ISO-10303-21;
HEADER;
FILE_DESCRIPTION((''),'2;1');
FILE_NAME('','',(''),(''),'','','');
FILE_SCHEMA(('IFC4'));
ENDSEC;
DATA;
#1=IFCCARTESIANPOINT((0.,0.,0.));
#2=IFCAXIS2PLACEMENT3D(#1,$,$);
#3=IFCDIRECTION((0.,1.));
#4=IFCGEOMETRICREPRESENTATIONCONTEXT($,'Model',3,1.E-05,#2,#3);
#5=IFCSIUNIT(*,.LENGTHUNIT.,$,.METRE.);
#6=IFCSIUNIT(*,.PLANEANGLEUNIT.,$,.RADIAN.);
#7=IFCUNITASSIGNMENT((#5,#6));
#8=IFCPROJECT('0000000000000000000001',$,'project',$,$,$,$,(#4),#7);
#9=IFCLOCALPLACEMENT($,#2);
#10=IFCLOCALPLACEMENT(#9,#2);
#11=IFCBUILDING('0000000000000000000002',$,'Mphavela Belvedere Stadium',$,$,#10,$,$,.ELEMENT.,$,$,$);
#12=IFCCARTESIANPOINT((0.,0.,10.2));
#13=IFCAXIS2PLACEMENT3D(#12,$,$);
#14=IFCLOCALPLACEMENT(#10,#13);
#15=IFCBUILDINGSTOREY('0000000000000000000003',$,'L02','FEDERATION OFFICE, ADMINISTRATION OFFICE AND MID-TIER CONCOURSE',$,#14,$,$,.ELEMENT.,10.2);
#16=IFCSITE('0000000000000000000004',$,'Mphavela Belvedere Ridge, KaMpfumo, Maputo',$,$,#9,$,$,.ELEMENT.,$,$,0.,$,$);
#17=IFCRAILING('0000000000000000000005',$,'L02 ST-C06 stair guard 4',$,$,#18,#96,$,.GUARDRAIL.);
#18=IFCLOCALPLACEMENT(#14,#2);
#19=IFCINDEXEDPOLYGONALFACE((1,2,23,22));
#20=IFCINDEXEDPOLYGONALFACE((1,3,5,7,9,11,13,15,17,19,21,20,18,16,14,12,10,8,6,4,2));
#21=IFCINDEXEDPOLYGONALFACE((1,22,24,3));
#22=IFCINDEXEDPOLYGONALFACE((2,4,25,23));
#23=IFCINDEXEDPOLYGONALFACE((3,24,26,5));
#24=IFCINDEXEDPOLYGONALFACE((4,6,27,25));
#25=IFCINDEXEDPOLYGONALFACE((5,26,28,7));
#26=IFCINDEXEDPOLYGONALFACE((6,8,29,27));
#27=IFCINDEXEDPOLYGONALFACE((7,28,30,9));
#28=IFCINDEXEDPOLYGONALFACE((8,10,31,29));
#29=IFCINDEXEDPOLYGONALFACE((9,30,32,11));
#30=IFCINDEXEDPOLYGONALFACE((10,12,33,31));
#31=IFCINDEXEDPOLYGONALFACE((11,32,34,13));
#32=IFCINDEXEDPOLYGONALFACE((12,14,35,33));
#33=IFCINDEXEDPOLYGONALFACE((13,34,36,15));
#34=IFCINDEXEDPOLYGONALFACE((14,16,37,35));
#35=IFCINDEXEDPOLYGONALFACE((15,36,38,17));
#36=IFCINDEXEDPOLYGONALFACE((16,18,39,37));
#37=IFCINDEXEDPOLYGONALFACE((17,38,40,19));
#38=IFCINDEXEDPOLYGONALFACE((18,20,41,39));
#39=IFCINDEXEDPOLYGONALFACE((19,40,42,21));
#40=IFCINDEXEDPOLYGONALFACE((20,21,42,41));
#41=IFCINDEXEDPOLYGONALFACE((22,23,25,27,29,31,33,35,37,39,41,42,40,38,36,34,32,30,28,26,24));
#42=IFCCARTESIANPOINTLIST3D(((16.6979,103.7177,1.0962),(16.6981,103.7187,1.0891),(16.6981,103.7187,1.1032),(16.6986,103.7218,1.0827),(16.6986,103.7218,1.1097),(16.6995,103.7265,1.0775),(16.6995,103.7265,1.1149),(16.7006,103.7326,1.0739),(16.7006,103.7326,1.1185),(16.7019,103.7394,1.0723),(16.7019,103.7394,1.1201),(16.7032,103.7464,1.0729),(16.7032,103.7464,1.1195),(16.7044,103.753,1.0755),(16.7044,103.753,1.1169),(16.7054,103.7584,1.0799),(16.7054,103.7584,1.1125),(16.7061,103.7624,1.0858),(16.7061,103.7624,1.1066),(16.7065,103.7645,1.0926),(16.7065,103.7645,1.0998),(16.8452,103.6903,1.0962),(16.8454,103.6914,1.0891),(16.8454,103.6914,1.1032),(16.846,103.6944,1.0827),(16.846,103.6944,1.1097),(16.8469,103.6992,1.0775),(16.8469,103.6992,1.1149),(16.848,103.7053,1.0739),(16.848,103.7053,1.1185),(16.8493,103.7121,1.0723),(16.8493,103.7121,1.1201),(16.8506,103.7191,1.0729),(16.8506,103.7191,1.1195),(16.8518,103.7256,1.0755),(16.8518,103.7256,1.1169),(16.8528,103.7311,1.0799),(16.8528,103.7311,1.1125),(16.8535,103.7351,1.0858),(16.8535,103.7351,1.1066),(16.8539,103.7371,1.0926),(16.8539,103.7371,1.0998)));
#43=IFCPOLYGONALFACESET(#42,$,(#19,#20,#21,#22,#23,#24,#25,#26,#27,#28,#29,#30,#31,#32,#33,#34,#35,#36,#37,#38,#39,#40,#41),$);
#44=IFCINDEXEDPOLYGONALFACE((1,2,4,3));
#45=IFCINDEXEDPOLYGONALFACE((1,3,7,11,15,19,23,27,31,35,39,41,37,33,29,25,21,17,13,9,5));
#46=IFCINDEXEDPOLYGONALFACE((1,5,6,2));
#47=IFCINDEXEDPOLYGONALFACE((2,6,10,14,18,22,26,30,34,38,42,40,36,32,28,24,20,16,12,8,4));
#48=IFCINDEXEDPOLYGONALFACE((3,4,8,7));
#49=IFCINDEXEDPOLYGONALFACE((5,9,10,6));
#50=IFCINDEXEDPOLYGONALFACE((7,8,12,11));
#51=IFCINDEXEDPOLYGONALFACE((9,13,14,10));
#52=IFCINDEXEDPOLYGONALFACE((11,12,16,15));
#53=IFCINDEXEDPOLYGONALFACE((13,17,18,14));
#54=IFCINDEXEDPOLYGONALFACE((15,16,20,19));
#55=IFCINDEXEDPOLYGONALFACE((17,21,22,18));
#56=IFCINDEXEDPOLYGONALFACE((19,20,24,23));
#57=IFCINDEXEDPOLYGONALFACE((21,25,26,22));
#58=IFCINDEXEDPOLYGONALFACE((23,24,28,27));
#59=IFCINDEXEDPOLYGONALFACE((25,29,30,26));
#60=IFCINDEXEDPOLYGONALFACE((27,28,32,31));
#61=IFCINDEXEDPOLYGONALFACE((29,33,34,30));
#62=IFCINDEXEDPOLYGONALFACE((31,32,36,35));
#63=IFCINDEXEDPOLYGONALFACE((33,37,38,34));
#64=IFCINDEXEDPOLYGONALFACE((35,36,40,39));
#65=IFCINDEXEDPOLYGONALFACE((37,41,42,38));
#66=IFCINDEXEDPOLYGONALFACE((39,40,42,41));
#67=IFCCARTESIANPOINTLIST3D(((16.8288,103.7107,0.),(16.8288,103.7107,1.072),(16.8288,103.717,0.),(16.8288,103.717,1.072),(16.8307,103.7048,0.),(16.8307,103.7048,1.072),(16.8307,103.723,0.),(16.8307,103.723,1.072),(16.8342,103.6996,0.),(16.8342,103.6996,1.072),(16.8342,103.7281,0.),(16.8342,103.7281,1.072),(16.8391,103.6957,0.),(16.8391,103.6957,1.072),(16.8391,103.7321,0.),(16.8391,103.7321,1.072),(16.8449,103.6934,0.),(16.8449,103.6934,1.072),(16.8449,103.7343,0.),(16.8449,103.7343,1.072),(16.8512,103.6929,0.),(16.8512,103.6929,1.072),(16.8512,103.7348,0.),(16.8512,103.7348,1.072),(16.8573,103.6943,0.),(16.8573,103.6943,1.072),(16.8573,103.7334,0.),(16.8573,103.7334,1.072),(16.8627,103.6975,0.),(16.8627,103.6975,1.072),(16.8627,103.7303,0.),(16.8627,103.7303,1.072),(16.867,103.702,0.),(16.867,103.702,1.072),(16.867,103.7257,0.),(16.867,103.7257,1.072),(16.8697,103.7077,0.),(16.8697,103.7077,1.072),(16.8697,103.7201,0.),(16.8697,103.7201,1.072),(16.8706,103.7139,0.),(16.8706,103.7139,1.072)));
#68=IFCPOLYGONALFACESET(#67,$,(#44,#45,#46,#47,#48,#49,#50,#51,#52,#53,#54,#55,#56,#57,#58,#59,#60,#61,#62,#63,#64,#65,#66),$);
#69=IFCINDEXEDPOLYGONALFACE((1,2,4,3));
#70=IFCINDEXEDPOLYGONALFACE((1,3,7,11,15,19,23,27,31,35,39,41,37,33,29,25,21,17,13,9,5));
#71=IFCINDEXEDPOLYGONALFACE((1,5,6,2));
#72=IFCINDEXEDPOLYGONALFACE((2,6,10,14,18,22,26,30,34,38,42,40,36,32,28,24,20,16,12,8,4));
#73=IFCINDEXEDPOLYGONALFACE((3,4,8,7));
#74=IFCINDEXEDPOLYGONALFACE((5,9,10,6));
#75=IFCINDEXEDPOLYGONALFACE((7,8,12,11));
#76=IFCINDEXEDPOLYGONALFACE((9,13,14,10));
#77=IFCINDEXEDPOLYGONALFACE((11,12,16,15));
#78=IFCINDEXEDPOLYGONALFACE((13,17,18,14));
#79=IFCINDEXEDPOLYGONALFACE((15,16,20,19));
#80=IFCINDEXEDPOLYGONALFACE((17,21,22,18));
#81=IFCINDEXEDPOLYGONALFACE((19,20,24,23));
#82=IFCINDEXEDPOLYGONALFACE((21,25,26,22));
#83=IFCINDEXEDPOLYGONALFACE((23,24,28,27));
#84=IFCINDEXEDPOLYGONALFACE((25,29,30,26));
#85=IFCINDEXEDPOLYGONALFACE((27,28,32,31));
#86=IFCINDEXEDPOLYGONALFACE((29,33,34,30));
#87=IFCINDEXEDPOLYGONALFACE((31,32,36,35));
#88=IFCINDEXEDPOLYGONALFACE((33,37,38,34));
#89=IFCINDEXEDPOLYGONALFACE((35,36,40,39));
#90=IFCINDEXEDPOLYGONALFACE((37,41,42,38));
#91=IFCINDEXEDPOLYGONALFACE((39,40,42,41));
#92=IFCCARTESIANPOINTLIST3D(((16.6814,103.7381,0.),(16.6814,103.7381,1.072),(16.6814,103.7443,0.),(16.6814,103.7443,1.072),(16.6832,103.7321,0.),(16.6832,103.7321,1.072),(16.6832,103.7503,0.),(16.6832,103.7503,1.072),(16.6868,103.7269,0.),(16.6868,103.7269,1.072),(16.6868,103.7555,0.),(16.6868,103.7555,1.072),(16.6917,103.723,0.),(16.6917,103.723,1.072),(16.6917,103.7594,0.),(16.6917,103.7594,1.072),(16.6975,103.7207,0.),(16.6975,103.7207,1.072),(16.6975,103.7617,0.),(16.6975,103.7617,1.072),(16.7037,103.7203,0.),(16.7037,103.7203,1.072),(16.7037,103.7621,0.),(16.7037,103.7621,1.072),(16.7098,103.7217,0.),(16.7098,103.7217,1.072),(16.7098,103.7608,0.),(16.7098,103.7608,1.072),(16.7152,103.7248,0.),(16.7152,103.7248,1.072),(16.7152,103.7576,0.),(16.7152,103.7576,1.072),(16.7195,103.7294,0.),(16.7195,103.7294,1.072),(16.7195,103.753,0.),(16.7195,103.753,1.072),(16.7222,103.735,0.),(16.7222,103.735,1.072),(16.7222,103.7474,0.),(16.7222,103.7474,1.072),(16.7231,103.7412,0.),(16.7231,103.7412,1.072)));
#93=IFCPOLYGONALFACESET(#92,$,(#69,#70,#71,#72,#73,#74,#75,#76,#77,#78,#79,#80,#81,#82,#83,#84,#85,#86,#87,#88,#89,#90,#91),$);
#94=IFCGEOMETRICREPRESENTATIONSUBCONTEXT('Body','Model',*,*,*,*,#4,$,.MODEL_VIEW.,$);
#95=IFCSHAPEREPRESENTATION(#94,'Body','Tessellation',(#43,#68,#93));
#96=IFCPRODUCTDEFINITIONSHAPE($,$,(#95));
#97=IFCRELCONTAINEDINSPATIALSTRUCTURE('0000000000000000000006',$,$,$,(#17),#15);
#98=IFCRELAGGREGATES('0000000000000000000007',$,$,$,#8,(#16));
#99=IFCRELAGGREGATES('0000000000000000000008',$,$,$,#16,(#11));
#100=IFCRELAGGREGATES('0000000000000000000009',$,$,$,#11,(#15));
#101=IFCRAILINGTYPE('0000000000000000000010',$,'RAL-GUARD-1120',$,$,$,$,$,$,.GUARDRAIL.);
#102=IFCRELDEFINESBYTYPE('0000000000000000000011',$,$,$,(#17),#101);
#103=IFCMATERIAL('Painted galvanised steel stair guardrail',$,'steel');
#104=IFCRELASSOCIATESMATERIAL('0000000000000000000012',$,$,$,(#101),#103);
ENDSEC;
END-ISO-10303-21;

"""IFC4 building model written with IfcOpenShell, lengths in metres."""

from ifc_helpers import new_model, si_unit, direction, frame, origin, origin_2d, place, context, subcontext, project, spatial, circle, extrude, material, type_object, element, save


model = new_model("IFC4")

# Units and contexts
model_context = context("Model", 3, precision=1e-05, world=origin(), true_north=direction((0.0, 1.0)))
body_context = subcontext(model_context, "Body", "Model", "MODEL_VIEW")
ifc_project = project(units=[si_unit("LENGTHUNIT", "METRE"), si_unit("PLANEANGLEUNIT", "RADIAN")], contexts=[model_context])

# Site, building, storey
site_placement = place(None, origin())
site = spatial("IfcSite", under=ifc_project, at=site_placement, Name="Mphavela Belvedere Ridge, KaMpfumo, Maputo", CompositionType="ELEMENT", RefElevation=0.0)
building_placement = place(site_placement, origin())
building = spatial("IfcBuilding", under=site, at=building_placement, Name="Mphavela Belvedere Stadium", CompositionType="ELEMENT")
storey_placement = place(building_placement, frame((0.0, 0.0, 10.2)))
storey = spatial("IfcBuildingStorey", under=building, at=storey_placement, Name="L02", Description="FEDERATION OFFICE, ADMINISTRATION OFFICE AND MID-TIER CONCOURSE", CompositionType="ELEMENT", Elevation=10.2)

# Railing
ifc_material_1 = material(Name="Painted galvanised steel stair guardrail", Category="steel")
railing_type_1 = type_object("IfcRailingType", Name="RAL-GUARD-1120", PredefinedType="GUARDRAIL", material=ifc_material_1)
railing_1_placement = place(storey_placement, frame((16.8496, 103.7139, 0.0)))
element("IfcRailing", 1, at=railing_1_placement, inside=storey, type_object=railing_type_1, Name="L02 ST-C06 stair guard 4", PredefinedType="GUARDRAIL", context=body_context, shape_type="SweptSolid", body=[
    extrude(circle(Radius=0.0239, at=origin_2d()), frame((0.0, 0.0, 1.0962), z_axis=(-0.983239, 0.182322, 0.0), x_axis=(-0.182322, -0.983239, 0.0)), (0.0, 0.0, 1.0), 0.1499),
    extrude(circle(Radius=0.021, at=origin_2d()), origin(), (0.0, 0.0, 1.0), 1.072),
    extrude(circle(Radius=0.021, at=origin_2d()), frame((-0.1475, 0.0273, 0.0)), (0.0, 0.0, 1.0), 1.072),
])

save(model, "model.ifc")
